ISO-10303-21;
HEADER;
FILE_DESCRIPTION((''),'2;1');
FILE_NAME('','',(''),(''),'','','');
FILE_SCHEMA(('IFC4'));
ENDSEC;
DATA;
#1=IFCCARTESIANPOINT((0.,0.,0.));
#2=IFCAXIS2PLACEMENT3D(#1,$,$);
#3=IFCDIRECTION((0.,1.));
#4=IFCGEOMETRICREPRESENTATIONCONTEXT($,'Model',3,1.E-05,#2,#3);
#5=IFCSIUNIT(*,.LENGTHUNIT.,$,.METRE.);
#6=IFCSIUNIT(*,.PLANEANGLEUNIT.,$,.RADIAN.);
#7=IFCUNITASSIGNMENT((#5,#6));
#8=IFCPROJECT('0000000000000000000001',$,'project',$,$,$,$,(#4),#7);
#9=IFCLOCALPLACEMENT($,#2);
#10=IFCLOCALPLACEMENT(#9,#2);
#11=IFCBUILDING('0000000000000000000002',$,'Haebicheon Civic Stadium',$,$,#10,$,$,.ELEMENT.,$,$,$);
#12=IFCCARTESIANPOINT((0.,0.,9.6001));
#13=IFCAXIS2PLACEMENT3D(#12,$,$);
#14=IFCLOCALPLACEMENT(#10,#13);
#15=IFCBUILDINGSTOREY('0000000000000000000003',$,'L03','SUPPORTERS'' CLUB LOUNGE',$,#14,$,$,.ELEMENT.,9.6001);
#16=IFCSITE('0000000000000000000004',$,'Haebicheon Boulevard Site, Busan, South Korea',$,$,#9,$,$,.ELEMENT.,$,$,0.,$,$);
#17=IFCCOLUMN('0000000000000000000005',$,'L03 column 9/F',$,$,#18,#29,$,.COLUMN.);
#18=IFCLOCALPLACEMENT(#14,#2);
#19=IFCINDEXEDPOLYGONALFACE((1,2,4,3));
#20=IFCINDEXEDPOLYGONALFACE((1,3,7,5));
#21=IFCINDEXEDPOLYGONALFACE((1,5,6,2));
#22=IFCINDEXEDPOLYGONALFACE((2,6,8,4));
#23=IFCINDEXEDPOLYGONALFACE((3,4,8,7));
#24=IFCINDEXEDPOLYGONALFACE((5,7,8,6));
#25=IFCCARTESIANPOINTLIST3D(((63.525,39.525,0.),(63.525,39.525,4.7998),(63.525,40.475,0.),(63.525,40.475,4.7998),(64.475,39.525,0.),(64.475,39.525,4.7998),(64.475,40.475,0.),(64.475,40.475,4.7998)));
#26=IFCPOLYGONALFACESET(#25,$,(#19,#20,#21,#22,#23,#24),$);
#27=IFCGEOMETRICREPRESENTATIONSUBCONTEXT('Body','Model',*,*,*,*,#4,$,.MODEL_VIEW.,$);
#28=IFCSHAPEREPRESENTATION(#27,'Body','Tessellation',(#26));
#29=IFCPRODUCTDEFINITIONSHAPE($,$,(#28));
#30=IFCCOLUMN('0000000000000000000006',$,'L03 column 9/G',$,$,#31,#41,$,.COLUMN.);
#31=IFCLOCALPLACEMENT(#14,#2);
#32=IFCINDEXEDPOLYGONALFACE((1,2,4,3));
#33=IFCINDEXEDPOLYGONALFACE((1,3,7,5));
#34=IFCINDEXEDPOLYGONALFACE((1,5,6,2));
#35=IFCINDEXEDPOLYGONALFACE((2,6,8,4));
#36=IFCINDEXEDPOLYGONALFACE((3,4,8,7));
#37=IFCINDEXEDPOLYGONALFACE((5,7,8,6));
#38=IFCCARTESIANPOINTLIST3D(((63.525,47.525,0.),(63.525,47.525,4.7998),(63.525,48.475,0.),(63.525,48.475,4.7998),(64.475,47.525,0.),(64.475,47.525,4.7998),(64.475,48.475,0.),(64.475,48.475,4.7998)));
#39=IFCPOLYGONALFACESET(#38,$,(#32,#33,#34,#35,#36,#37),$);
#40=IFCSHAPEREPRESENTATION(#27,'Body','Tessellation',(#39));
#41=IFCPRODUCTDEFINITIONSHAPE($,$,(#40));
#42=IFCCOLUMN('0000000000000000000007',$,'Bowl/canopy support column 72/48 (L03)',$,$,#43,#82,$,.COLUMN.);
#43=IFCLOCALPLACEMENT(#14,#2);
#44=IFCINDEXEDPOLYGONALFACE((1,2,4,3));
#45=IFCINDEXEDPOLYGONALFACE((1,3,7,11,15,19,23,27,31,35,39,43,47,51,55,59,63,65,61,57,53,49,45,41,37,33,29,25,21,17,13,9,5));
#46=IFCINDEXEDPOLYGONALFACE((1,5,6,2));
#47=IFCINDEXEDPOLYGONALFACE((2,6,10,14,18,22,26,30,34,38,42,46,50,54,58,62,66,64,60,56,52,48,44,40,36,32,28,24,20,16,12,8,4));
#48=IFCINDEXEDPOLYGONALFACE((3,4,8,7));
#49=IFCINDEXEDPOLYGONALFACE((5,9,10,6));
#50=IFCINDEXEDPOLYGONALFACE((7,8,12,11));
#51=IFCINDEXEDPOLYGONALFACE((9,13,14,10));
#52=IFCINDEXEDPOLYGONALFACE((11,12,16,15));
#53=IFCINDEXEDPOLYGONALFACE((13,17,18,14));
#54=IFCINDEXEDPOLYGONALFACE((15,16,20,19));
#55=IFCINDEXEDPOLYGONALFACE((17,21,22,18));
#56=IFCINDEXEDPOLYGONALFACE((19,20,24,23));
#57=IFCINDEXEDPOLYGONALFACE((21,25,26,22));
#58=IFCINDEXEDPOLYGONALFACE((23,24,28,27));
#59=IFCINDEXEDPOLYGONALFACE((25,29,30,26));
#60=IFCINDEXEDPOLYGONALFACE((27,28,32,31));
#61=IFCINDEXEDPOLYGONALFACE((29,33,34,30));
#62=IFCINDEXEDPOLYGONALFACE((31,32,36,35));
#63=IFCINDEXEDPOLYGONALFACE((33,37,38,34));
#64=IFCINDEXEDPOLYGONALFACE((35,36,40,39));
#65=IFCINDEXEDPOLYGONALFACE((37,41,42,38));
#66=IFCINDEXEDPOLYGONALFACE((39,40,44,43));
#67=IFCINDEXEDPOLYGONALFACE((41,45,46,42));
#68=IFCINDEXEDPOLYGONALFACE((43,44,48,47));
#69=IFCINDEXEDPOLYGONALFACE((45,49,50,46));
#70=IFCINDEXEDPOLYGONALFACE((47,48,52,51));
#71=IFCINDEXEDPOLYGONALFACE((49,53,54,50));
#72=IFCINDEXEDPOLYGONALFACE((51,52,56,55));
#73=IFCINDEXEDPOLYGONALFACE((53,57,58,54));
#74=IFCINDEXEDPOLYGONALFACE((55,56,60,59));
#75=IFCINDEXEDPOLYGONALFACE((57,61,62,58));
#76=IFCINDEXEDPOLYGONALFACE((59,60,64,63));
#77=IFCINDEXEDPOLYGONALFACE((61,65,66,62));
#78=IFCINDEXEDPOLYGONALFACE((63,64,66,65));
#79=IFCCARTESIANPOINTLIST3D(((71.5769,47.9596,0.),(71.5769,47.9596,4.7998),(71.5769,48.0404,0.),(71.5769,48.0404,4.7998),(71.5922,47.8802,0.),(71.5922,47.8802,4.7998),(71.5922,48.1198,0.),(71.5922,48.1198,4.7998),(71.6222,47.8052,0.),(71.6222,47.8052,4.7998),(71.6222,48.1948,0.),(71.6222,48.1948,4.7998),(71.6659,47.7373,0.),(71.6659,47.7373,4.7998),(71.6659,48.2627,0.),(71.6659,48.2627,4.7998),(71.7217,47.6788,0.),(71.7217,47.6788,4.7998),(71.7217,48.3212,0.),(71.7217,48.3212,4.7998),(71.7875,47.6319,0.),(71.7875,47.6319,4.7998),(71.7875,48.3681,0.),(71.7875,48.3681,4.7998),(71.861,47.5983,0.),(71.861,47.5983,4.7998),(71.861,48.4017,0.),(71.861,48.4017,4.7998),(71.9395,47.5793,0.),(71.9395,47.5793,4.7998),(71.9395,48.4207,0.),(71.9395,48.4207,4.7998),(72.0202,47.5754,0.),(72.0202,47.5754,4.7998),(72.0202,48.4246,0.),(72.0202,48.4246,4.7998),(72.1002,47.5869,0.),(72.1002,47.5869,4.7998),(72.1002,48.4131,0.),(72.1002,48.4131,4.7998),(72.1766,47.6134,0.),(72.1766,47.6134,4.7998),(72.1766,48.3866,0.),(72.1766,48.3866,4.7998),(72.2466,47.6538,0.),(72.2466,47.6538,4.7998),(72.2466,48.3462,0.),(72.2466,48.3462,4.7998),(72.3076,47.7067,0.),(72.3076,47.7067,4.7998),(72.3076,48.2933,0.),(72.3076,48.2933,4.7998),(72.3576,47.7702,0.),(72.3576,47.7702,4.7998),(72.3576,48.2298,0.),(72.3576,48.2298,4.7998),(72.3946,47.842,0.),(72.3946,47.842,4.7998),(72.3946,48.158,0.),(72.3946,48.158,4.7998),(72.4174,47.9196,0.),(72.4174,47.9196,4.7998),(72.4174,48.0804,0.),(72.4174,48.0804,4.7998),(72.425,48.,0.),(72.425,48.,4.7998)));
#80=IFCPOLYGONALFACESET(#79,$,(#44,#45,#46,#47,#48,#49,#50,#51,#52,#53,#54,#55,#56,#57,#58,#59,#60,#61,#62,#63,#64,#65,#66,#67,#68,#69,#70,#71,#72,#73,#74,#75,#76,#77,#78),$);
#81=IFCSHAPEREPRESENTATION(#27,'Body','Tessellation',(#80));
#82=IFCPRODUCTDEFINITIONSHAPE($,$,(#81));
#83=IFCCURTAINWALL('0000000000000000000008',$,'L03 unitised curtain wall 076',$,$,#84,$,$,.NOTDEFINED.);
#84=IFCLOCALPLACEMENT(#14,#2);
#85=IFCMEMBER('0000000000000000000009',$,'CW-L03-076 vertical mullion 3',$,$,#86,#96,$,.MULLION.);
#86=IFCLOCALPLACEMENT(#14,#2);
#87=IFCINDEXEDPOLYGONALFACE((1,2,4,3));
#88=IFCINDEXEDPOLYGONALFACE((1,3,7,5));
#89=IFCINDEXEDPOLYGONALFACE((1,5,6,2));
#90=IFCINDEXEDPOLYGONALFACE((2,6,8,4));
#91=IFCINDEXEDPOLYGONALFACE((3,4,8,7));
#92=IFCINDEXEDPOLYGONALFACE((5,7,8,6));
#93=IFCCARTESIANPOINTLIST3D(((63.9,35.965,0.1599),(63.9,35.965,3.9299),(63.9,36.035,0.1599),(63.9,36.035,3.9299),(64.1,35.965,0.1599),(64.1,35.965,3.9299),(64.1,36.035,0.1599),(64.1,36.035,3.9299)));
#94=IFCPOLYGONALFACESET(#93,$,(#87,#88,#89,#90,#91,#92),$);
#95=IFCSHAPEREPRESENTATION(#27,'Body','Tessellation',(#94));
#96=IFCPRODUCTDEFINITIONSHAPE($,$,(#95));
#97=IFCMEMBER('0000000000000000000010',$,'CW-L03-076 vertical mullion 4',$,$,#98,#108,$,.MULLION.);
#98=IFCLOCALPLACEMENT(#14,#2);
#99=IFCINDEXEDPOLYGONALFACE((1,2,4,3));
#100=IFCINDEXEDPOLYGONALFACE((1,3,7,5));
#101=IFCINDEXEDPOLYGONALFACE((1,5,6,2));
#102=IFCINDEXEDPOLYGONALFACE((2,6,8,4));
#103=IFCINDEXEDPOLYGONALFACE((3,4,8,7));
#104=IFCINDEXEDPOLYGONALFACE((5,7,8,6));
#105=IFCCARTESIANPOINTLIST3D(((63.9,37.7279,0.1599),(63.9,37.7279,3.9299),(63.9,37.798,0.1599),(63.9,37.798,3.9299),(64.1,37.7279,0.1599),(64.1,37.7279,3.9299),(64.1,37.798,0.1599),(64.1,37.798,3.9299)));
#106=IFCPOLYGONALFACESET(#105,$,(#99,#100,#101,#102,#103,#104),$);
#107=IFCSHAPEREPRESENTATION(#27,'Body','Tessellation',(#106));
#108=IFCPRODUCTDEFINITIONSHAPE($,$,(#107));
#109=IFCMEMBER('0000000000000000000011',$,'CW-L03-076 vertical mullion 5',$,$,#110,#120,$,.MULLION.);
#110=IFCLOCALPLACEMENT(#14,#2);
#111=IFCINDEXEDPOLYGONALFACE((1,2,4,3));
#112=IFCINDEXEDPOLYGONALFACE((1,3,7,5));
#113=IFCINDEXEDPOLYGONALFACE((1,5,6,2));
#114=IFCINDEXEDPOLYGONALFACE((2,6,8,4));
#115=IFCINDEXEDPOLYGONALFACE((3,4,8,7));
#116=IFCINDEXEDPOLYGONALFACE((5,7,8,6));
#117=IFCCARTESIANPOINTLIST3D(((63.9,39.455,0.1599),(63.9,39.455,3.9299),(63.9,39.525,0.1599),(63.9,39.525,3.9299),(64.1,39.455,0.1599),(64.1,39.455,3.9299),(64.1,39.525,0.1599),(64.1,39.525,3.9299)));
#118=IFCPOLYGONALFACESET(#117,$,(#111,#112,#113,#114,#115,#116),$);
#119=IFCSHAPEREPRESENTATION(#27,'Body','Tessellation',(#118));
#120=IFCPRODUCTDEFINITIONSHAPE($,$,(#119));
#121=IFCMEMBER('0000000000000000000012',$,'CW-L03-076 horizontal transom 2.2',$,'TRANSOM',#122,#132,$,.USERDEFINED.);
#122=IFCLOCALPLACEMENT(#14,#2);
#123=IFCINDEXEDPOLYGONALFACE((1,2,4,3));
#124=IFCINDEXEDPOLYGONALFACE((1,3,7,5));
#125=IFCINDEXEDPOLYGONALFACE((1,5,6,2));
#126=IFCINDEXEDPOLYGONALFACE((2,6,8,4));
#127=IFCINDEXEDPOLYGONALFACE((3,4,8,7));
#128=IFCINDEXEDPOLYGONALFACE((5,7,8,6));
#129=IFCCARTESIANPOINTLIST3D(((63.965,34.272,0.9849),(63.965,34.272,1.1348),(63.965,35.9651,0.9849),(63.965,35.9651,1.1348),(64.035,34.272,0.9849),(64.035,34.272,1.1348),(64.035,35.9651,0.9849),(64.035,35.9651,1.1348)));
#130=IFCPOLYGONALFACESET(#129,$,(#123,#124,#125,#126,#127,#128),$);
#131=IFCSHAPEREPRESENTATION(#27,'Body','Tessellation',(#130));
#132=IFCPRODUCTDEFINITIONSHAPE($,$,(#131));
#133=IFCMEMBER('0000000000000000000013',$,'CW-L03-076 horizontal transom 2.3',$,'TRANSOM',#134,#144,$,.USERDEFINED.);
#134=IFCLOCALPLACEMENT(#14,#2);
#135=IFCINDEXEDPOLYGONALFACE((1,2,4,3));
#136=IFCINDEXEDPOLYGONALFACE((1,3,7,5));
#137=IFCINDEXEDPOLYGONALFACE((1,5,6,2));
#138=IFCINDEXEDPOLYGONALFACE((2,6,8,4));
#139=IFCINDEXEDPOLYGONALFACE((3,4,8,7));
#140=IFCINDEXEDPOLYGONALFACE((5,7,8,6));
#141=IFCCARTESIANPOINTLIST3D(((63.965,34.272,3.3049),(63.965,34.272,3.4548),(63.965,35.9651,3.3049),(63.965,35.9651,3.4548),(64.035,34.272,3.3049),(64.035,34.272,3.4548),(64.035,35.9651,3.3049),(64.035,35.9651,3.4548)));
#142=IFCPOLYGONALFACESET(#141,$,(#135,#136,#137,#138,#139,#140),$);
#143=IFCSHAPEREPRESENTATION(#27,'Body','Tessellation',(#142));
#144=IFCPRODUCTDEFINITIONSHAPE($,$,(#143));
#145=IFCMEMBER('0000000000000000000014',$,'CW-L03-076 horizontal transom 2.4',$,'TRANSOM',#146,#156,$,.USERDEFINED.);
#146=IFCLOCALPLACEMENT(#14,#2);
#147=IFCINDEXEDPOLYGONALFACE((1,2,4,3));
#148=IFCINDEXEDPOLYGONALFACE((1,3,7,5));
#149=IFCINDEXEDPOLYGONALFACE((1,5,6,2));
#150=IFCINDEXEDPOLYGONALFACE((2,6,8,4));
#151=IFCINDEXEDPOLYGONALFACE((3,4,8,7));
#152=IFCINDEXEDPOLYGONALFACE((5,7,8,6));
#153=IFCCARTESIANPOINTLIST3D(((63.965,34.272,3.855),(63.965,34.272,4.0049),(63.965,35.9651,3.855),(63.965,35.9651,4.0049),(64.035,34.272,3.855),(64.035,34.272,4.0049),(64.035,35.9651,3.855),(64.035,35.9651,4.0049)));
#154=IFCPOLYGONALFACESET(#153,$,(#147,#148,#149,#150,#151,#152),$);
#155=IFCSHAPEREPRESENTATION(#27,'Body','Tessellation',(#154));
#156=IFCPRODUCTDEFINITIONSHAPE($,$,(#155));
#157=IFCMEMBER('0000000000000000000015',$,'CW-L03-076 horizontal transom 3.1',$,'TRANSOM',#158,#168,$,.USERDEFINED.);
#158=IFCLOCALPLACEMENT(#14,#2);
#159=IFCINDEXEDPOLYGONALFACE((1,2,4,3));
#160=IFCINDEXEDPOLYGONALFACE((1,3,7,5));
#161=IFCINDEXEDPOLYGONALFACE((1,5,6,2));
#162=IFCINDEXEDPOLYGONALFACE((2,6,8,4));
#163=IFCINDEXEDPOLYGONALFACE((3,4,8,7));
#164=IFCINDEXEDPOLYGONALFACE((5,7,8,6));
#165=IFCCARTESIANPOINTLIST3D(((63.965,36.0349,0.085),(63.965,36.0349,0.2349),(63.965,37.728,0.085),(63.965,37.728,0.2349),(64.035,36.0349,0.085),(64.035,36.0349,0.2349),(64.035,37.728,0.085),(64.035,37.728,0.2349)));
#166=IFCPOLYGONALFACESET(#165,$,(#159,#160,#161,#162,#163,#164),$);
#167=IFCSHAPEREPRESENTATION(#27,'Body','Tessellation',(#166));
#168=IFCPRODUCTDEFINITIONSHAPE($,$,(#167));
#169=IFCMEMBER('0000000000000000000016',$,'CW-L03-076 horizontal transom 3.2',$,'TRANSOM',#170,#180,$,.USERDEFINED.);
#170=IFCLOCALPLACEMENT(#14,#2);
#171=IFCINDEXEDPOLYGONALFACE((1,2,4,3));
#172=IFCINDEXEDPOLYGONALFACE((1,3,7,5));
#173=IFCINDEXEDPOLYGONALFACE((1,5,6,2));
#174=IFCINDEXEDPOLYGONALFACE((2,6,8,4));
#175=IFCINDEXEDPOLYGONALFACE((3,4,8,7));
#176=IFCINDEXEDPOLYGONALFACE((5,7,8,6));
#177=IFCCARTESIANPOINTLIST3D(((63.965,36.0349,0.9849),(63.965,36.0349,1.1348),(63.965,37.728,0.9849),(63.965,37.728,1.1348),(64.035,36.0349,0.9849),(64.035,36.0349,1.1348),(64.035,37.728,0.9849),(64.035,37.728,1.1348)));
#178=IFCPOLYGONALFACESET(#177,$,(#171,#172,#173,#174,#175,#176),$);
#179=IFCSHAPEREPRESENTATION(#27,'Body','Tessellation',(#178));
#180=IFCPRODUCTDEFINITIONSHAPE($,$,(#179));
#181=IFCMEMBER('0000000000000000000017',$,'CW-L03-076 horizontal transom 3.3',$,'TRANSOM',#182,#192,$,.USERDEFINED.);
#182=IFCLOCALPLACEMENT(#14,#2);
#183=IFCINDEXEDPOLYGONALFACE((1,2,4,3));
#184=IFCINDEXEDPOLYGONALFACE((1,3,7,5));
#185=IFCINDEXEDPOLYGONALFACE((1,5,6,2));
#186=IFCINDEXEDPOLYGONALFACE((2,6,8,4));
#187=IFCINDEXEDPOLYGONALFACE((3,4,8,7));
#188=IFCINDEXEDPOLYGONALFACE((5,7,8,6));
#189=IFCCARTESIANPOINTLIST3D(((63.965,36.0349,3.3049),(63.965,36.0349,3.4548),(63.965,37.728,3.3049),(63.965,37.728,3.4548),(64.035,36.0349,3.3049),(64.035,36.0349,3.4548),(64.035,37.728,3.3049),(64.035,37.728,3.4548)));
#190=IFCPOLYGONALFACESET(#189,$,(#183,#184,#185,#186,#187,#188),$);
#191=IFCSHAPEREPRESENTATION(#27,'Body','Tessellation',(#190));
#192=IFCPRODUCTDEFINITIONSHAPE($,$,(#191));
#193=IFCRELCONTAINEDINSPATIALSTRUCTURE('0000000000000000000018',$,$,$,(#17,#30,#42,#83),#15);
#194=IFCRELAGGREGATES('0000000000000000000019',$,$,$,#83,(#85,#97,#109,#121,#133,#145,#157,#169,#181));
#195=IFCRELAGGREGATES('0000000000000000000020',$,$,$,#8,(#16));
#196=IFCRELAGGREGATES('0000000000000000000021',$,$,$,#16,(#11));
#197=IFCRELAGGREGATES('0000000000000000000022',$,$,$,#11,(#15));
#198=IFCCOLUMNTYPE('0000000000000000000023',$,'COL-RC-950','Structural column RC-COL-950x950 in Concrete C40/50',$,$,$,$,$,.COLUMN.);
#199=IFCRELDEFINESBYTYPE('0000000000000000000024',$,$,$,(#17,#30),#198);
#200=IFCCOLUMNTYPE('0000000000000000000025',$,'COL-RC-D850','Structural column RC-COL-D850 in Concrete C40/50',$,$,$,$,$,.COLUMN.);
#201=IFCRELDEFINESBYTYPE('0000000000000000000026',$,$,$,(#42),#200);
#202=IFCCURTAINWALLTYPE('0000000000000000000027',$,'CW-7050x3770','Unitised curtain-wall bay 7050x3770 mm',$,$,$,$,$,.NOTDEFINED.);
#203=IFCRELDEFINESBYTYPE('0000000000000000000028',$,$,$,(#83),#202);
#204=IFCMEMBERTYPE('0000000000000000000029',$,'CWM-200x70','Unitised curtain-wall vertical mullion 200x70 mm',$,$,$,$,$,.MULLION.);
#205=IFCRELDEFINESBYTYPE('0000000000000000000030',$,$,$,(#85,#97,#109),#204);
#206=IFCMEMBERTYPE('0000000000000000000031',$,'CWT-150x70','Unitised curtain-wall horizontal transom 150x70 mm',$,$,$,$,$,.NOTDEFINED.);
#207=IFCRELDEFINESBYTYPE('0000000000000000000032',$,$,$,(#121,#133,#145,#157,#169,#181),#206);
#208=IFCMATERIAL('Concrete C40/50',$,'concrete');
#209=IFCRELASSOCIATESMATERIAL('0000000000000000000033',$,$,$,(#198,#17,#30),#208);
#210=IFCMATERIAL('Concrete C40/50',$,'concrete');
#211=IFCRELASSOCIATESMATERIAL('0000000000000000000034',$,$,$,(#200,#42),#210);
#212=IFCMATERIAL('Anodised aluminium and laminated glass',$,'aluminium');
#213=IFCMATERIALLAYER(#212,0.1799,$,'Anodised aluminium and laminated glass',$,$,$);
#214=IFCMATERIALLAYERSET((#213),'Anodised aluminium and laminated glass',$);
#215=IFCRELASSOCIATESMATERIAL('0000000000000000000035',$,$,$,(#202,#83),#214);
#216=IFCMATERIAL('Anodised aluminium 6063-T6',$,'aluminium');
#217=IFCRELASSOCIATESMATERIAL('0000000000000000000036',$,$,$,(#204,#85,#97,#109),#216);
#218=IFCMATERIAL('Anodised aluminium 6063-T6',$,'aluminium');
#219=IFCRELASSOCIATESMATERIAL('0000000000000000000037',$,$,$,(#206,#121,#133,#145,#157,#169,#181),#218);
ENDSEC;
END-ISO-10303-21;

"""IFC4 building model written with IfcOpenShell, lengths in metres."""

from ifc_helpers import new_model, si_unit, direction, frame, origin, origin_2d, place, context, subcontext, project, spatial, rectangle, circle, extrude, material, layer, layer_set, material_profile, profile_set, type_object, element, aggregate, save


model = new_model("IFC4")

# Units and contexts
model_context = context("Model", 3, precision=1e-05, world=origin(), true_north=direction((0.0, 1.0)))
body_context = subcontext(model_context, "Body", "Model", "MODEL_VIEW")
ifc_project = project(units=[si_unit("LENGTHUNIT", "METRE"), si_unit("PLANEANGLEUNIT", "RADIAN")], contexts=[model_context])

# Site, building, storey
site_placement = place(None, origin())
site = spatial("IfcSite", under=ifc_project, at=site_placement, Name="Haebicheon Boulevard Site, Busan, South Korea", CompositionType="ELEMENT", RefElevation=0.0)
building_placement = place(site_placement, origin())
building = spatial("IfcBuilding", under=site, at=building_placement, Name="Haebicheon Civic Stadium", CompositionType="ELEMENT")
storey_placement = place(building_placement, frame((0.0, 0.0, 9.6001)))
storey = spatial("IfcBuildingStorey", under=building, at=storey_placement, Name="L03", Description="SUPPORTERS' CLUB LOUNGE", CompositionType="ELEMENT", Elevation=9.6001)

# Columns
ifc_material_1 = material(Name="Concrete C40/50", Category="concrete")
ifc_material_profile_1 = material_profile(ifc_material_1, rectangle(XDim=0.95, YDim=0.95, at=origin_2d()), Name="RC-COL-950x950")
ifc_profile_set_1 = profile_set([ifc_material_profile_1], Name="Concrete C40/50")
column_type_1 = type_object("IfcColumnType", Name="COL-RC-950", Description="Structural column RC-COL-950x950 in Concrete C40/50", PredefinedType="COLUMN", material=ifc_profile_set_1)
for number, where, z_axis, x_axis, name in (
    (1, (64.0, 40.0, 0.0), (0.0, 0.0, 1.0), (1.0, 0.0, 0.0), "L03 column 9/F"),
    (2, (64.0, 48.0, 0.0), (0.0, 0.0, 1.0), (1.0, 0.0, 0.0), "L03 column 9/G"),
):
    element("IfcColumn", number, at=place(storey_placement, frame(where, z_axis=z_axis, x_axis=x_axis)), inside=storey, type_object=column_type_1, material=ifc_profile_set_1, Name=name, PredefinedType="COLUMN", context=body_context, shape_type="SweptSolid", body=[
        extrude(rectangle(XDim=0.95, YDim=0.95, at=origin_2d()), origin(), (0.0, 0.0, 1.0), 4.7998),
    ])
ifc_material_2 = material(Name="Concrete C40/50", Category="concrete")
ifc_material_profile_2 = material_profile(ifc_material_2, circle(Radius=0.425, at=origin_2d()), Name="RC-COL-D850")
ifc_profile_set_2 = profile_set([ifc_material_profile_2], Name="Concrete C40/50")
column_type_2 = type_object("IfcColumnType", Name="COL-RC-D850", Description="Structural column RC-COL-D850 in Concrete C40/50", PredefinedType="COLUMN", material=ifc_profile_set_2)
column_placement = place(storey_placement, frame((72.0, 48.0, 0.0), z_axis=(0.0, 0.0, 1.0), x_axis=(1.0, 0.0, 0.0)))
element("IfcColumn", 3, at=column_placement, inside=storey, type_object=column_type_2, material=ifc_profile_set_2, Name="Bowl/canopy support column 72/48 (L03)", PredefinedType="COLUMN", context=body_context, shape_type="SweptSolid", body=[
    extrude(circle(Radius=0.425, at=origin_2d()), origin(), (0.0, 0.0, 1.0), 4.7998),
])

# Curtain wall, members
ifc_material_3 = material(Name="Anodised aluminium and laminated glass", Category="aluminium")
ifc_layer_1 = layer(ifc_material_3, 0.1799, Name="Anodised aluminium and laminated glass")
ifc_layer_set_1 = layer_set([ifc_layer_1], Name="Anodised aluminium and laminated glass")
curtain_wall_type = type_object("IfcCurtainWallType", Name="CW-7050x3770", Description="Unitised curtain-wall bay 7050x3770 mm", PredefinedType="NOTDEFINED", material=ifc_layer_set_1)
curtain_wall_placement = place(storey_placement, origin())
curtain_wall = element("IfcCurtainWall", 4, at=curtain_wall_placement, inside=storey, type_object=curtain_wall_type, material=ifc_layer_set_1, Name="L03 unitised curtain wall 076", PredefinedType="NOTDEFINED")
ifc_material_4 = material(Name="Anodised aluminium 6063-T6", Category="aluminium")
ifc_material_profile_3 = material_profile(ifc_material_4, rectangle(XDim=0.0701, YDim=0.2, at=origin_2d()), Name="ALU-MULL-70x200")
ifc_profile_set_3 = profile_set([ifc_material_profile_3], Name="Anodised aluminium 6063-T6")
member_type_1 = type_object("IfcMemberType", Name="CWM-200x70", Description="Unitised curtain-wall vertical mullion 200x70 mm", PredefinedType="MULLION", material=ifc_profile_set_3)
member_1_placement = place(storey_placement, frame((64.0, 36.0, 0.1599), z_axis=(0.0, 0.0, 1.0), x_axis=(0.0, 1.0, 0.0)))
member_1 = element("IfcMember", 5, at=member_1_placement, type_object=member_type_1, material=ifc_profile_set_3, Name="CW-L03-076 vertical mullion 3", PredefinedType="MULLION", context=body_context, shape_type="SweptSolid", body=[
    extrude(rectangle(XDim=0.0701, YDim=0.2, at=origin_2d()), origin(), (0.0, 0.0, 1.0), 3.77),
])
member_2_placement = place(storey_placement, frame((64.0, 37.7629, 0.1599), z_axis=(0.0, 0.0, 1.0), x_axis=(0.0, 1.0, 0.0)))
member_2 = element("IfcMember", 6, at=member_2_placement, type_object=member_type_1, material=ifc_profile_set_3, Name="CW-L03-076 vertical mullion 4", PredefinedType="MULLION", context=body_context, shape_type="SweptSolid", body=[
    extrude(rectangle(XDim=0.0701, YDim=0.2, at=origin_2d()), origin(), (0.0, 0.0, 1.0), 3.77),
])
member_3_placement = place(storey_placement, frame((64.0, 39.49, 0.1599), z_axis=(0.0, 0.0, 1.0), x_axis=(0.0, 1.0, 0.0)))
member_3 = element("IfcMember", 7, at=member_3_placement, type_object=member_type_1, material=ifc_profile_set_3, Name="CW-L03-076 vertical mullion 5", PredefinedType="MULLION", context=body_context, shape_type="SweptSolid", body=[
    extrude(rectangle(XDim=0.0701, YDim=0.2, at=origin_2d()), origin(), (0.0, 0.0, 1.0), 3.77),
])
ifc_material_5 = material(Name="Anodised aluminium 6063-T6", Category="aluminium")
ifc_material_profile_4 = material_profile(ifc_material_5, rectangle(XDim=0.0701, YDim=0.1499, at=origin_2d()), Name="ALU-TRAN-70x150")
ifc_profile_set_4 = profile_set([ifc_material_profile_4], Name="Anodised aluminium 6063-T6")
member_type_2 = type_object("IfcMemberType", Name="CWT-150x70", Description="Unitised curtain-wall horizontal transom 150x70 mm", PredefinedType="NOTDEFINED", material=ifc_profile_set_4)
member_4_placement = place(storey_placement, frame((64.0, 34.272, 1.0598), z_axis=(0.0, 1.0, 0.0), x_axis=(-1.0, 0.0, 0.0)))
member_4 = element("IfcMember", 8, at=member_4_placement, type_object=member_type_2, material=ifc_profile_set_4, Name="CW-L03-076 horizontal transom 2.2", ObjectType="TRANSOM", PredefinedType="USERDEFINED", context=body_context, shape_type="SweptSolid", body=[
    extrude(rectangle(XDim=0.0701, YDim=0.1499, at=origin_2d()), origin(), (0.0, 0.0, 1.0), 1.6931),
])
member_5_placement = place(storey_placement, frame((64.0, 34.272, 3.3799), z_axis=(0.0, 1.0, 0.0), x_axis=(-1.0, 0.0, 0.0)))
member_5 = element("IfcMember", 9, at=member_5_placement, type_object=member_type_2, material=ifc_profile_set_4, Name="CW-L03-076 horizontal transom 2.3", ObjectType="TRANSOM", PredefinedType="USERDEFINED", context=body_context, shape_type="SweptSolid", body=[
    extrude(rectangle(XDim=0.0701, YDim=0.1499, at=origin_2d()), origin(), (0.0, 0.0, 1.0), 1.6931),
])
member_6_placement = place(storey_placement, frame((64.0, 34.272, 3.9299), z_axis=(0.0, 1.0, 0.0), x_axis=(-1.0, 0.0, 0.0)))
member_6 = element("IfcMember", 10, at=member_6_placement, type_object=member_type_2, material=ifc_profile_set_4, Name="CW-L03-076 horizontal transom 2.4", ObjectType="TRANSOM", PredefinedType="USERDEFINED", context=body_context, shape_type="SweptSolid", body=[
    extrude(rectangle(XDim=0.0701, YDim=0.1499, at=origin_2d()), origin(), (0.0, 0.0, 1.0), 1.6931),
])
member_7_placement = place(storey_placement, frame((64.0, 36.0349, 0.1599), z_axis=(0.0, 1.0, 0.0), x_axis=(-1.0, 0.0, 0.0)))
member_7 = element("IfcMember", 11, at=member_7_placement, type_object=member_type_2, material=ifc_profile_set_4, Name="CW-L03-076 horizontal transom 3.1", ObjectType="TRANSOM", PredefinedType="USERDEFINED", context=body_context, shape_type="SweptSolid", body=[
    extrude(rectangle(XDim=0.0701, YDim=0.1499, at=origin_2d()), origin(), (0.0, 0.0, 1.0), 1.6931),
])
member_8_placement = place(storey_placement, frame((64.0, 36.0349, 1.0598), z_axis=(0.0, 1.0, 0.0), x_axis=(-1.0, 0.0, 0.0)))
member_8 = element("IfcMember", 12, at=member_8_placement, type_object=member_type_2, material=ifc_profile_set_4, Name="CW-L03-076 horizontal transom 3.2", ObjectType="TRANSOM", PredefinedType="USERDEFINED", context=body_context, shape_type="SweptSolid", body=[
    extrude(rectangle(XDim=0.0701, YDim=0.1499, at=origin_2d()), origin(), (0.0, 0.0, 1.0), 1.6931),
])
member_9_placement = place(storey_placement, frame((64.0, 36.0349, 3.3799), z_axis=(0.0, 1.0, 0.0), x_axis=(-1.0, 0.0, 0.0)))
member_9 = element("IfcMember", 13, at=member_9_placement, type_object=member_type_2, material=ifc_profile_set_4, Name="CW-L03-076 horizontal transom 3.3", ObjectType="TRANSOM", PredefinedType="USERDEFINED", context=body_context, shape_type="SweptSolid", body=[
    extrude(rectangle(XDim=0.0701, YDim=0.1499, at=origin_2d()), origin(), (0.0, 0.0, 1.0), 1.6931),
])

aggregate(curtain_wall, [member_1, member_2, member_3, member_4, member_5, member_6, member_7, member_8, member_9])

save(model, "model.ifc")
